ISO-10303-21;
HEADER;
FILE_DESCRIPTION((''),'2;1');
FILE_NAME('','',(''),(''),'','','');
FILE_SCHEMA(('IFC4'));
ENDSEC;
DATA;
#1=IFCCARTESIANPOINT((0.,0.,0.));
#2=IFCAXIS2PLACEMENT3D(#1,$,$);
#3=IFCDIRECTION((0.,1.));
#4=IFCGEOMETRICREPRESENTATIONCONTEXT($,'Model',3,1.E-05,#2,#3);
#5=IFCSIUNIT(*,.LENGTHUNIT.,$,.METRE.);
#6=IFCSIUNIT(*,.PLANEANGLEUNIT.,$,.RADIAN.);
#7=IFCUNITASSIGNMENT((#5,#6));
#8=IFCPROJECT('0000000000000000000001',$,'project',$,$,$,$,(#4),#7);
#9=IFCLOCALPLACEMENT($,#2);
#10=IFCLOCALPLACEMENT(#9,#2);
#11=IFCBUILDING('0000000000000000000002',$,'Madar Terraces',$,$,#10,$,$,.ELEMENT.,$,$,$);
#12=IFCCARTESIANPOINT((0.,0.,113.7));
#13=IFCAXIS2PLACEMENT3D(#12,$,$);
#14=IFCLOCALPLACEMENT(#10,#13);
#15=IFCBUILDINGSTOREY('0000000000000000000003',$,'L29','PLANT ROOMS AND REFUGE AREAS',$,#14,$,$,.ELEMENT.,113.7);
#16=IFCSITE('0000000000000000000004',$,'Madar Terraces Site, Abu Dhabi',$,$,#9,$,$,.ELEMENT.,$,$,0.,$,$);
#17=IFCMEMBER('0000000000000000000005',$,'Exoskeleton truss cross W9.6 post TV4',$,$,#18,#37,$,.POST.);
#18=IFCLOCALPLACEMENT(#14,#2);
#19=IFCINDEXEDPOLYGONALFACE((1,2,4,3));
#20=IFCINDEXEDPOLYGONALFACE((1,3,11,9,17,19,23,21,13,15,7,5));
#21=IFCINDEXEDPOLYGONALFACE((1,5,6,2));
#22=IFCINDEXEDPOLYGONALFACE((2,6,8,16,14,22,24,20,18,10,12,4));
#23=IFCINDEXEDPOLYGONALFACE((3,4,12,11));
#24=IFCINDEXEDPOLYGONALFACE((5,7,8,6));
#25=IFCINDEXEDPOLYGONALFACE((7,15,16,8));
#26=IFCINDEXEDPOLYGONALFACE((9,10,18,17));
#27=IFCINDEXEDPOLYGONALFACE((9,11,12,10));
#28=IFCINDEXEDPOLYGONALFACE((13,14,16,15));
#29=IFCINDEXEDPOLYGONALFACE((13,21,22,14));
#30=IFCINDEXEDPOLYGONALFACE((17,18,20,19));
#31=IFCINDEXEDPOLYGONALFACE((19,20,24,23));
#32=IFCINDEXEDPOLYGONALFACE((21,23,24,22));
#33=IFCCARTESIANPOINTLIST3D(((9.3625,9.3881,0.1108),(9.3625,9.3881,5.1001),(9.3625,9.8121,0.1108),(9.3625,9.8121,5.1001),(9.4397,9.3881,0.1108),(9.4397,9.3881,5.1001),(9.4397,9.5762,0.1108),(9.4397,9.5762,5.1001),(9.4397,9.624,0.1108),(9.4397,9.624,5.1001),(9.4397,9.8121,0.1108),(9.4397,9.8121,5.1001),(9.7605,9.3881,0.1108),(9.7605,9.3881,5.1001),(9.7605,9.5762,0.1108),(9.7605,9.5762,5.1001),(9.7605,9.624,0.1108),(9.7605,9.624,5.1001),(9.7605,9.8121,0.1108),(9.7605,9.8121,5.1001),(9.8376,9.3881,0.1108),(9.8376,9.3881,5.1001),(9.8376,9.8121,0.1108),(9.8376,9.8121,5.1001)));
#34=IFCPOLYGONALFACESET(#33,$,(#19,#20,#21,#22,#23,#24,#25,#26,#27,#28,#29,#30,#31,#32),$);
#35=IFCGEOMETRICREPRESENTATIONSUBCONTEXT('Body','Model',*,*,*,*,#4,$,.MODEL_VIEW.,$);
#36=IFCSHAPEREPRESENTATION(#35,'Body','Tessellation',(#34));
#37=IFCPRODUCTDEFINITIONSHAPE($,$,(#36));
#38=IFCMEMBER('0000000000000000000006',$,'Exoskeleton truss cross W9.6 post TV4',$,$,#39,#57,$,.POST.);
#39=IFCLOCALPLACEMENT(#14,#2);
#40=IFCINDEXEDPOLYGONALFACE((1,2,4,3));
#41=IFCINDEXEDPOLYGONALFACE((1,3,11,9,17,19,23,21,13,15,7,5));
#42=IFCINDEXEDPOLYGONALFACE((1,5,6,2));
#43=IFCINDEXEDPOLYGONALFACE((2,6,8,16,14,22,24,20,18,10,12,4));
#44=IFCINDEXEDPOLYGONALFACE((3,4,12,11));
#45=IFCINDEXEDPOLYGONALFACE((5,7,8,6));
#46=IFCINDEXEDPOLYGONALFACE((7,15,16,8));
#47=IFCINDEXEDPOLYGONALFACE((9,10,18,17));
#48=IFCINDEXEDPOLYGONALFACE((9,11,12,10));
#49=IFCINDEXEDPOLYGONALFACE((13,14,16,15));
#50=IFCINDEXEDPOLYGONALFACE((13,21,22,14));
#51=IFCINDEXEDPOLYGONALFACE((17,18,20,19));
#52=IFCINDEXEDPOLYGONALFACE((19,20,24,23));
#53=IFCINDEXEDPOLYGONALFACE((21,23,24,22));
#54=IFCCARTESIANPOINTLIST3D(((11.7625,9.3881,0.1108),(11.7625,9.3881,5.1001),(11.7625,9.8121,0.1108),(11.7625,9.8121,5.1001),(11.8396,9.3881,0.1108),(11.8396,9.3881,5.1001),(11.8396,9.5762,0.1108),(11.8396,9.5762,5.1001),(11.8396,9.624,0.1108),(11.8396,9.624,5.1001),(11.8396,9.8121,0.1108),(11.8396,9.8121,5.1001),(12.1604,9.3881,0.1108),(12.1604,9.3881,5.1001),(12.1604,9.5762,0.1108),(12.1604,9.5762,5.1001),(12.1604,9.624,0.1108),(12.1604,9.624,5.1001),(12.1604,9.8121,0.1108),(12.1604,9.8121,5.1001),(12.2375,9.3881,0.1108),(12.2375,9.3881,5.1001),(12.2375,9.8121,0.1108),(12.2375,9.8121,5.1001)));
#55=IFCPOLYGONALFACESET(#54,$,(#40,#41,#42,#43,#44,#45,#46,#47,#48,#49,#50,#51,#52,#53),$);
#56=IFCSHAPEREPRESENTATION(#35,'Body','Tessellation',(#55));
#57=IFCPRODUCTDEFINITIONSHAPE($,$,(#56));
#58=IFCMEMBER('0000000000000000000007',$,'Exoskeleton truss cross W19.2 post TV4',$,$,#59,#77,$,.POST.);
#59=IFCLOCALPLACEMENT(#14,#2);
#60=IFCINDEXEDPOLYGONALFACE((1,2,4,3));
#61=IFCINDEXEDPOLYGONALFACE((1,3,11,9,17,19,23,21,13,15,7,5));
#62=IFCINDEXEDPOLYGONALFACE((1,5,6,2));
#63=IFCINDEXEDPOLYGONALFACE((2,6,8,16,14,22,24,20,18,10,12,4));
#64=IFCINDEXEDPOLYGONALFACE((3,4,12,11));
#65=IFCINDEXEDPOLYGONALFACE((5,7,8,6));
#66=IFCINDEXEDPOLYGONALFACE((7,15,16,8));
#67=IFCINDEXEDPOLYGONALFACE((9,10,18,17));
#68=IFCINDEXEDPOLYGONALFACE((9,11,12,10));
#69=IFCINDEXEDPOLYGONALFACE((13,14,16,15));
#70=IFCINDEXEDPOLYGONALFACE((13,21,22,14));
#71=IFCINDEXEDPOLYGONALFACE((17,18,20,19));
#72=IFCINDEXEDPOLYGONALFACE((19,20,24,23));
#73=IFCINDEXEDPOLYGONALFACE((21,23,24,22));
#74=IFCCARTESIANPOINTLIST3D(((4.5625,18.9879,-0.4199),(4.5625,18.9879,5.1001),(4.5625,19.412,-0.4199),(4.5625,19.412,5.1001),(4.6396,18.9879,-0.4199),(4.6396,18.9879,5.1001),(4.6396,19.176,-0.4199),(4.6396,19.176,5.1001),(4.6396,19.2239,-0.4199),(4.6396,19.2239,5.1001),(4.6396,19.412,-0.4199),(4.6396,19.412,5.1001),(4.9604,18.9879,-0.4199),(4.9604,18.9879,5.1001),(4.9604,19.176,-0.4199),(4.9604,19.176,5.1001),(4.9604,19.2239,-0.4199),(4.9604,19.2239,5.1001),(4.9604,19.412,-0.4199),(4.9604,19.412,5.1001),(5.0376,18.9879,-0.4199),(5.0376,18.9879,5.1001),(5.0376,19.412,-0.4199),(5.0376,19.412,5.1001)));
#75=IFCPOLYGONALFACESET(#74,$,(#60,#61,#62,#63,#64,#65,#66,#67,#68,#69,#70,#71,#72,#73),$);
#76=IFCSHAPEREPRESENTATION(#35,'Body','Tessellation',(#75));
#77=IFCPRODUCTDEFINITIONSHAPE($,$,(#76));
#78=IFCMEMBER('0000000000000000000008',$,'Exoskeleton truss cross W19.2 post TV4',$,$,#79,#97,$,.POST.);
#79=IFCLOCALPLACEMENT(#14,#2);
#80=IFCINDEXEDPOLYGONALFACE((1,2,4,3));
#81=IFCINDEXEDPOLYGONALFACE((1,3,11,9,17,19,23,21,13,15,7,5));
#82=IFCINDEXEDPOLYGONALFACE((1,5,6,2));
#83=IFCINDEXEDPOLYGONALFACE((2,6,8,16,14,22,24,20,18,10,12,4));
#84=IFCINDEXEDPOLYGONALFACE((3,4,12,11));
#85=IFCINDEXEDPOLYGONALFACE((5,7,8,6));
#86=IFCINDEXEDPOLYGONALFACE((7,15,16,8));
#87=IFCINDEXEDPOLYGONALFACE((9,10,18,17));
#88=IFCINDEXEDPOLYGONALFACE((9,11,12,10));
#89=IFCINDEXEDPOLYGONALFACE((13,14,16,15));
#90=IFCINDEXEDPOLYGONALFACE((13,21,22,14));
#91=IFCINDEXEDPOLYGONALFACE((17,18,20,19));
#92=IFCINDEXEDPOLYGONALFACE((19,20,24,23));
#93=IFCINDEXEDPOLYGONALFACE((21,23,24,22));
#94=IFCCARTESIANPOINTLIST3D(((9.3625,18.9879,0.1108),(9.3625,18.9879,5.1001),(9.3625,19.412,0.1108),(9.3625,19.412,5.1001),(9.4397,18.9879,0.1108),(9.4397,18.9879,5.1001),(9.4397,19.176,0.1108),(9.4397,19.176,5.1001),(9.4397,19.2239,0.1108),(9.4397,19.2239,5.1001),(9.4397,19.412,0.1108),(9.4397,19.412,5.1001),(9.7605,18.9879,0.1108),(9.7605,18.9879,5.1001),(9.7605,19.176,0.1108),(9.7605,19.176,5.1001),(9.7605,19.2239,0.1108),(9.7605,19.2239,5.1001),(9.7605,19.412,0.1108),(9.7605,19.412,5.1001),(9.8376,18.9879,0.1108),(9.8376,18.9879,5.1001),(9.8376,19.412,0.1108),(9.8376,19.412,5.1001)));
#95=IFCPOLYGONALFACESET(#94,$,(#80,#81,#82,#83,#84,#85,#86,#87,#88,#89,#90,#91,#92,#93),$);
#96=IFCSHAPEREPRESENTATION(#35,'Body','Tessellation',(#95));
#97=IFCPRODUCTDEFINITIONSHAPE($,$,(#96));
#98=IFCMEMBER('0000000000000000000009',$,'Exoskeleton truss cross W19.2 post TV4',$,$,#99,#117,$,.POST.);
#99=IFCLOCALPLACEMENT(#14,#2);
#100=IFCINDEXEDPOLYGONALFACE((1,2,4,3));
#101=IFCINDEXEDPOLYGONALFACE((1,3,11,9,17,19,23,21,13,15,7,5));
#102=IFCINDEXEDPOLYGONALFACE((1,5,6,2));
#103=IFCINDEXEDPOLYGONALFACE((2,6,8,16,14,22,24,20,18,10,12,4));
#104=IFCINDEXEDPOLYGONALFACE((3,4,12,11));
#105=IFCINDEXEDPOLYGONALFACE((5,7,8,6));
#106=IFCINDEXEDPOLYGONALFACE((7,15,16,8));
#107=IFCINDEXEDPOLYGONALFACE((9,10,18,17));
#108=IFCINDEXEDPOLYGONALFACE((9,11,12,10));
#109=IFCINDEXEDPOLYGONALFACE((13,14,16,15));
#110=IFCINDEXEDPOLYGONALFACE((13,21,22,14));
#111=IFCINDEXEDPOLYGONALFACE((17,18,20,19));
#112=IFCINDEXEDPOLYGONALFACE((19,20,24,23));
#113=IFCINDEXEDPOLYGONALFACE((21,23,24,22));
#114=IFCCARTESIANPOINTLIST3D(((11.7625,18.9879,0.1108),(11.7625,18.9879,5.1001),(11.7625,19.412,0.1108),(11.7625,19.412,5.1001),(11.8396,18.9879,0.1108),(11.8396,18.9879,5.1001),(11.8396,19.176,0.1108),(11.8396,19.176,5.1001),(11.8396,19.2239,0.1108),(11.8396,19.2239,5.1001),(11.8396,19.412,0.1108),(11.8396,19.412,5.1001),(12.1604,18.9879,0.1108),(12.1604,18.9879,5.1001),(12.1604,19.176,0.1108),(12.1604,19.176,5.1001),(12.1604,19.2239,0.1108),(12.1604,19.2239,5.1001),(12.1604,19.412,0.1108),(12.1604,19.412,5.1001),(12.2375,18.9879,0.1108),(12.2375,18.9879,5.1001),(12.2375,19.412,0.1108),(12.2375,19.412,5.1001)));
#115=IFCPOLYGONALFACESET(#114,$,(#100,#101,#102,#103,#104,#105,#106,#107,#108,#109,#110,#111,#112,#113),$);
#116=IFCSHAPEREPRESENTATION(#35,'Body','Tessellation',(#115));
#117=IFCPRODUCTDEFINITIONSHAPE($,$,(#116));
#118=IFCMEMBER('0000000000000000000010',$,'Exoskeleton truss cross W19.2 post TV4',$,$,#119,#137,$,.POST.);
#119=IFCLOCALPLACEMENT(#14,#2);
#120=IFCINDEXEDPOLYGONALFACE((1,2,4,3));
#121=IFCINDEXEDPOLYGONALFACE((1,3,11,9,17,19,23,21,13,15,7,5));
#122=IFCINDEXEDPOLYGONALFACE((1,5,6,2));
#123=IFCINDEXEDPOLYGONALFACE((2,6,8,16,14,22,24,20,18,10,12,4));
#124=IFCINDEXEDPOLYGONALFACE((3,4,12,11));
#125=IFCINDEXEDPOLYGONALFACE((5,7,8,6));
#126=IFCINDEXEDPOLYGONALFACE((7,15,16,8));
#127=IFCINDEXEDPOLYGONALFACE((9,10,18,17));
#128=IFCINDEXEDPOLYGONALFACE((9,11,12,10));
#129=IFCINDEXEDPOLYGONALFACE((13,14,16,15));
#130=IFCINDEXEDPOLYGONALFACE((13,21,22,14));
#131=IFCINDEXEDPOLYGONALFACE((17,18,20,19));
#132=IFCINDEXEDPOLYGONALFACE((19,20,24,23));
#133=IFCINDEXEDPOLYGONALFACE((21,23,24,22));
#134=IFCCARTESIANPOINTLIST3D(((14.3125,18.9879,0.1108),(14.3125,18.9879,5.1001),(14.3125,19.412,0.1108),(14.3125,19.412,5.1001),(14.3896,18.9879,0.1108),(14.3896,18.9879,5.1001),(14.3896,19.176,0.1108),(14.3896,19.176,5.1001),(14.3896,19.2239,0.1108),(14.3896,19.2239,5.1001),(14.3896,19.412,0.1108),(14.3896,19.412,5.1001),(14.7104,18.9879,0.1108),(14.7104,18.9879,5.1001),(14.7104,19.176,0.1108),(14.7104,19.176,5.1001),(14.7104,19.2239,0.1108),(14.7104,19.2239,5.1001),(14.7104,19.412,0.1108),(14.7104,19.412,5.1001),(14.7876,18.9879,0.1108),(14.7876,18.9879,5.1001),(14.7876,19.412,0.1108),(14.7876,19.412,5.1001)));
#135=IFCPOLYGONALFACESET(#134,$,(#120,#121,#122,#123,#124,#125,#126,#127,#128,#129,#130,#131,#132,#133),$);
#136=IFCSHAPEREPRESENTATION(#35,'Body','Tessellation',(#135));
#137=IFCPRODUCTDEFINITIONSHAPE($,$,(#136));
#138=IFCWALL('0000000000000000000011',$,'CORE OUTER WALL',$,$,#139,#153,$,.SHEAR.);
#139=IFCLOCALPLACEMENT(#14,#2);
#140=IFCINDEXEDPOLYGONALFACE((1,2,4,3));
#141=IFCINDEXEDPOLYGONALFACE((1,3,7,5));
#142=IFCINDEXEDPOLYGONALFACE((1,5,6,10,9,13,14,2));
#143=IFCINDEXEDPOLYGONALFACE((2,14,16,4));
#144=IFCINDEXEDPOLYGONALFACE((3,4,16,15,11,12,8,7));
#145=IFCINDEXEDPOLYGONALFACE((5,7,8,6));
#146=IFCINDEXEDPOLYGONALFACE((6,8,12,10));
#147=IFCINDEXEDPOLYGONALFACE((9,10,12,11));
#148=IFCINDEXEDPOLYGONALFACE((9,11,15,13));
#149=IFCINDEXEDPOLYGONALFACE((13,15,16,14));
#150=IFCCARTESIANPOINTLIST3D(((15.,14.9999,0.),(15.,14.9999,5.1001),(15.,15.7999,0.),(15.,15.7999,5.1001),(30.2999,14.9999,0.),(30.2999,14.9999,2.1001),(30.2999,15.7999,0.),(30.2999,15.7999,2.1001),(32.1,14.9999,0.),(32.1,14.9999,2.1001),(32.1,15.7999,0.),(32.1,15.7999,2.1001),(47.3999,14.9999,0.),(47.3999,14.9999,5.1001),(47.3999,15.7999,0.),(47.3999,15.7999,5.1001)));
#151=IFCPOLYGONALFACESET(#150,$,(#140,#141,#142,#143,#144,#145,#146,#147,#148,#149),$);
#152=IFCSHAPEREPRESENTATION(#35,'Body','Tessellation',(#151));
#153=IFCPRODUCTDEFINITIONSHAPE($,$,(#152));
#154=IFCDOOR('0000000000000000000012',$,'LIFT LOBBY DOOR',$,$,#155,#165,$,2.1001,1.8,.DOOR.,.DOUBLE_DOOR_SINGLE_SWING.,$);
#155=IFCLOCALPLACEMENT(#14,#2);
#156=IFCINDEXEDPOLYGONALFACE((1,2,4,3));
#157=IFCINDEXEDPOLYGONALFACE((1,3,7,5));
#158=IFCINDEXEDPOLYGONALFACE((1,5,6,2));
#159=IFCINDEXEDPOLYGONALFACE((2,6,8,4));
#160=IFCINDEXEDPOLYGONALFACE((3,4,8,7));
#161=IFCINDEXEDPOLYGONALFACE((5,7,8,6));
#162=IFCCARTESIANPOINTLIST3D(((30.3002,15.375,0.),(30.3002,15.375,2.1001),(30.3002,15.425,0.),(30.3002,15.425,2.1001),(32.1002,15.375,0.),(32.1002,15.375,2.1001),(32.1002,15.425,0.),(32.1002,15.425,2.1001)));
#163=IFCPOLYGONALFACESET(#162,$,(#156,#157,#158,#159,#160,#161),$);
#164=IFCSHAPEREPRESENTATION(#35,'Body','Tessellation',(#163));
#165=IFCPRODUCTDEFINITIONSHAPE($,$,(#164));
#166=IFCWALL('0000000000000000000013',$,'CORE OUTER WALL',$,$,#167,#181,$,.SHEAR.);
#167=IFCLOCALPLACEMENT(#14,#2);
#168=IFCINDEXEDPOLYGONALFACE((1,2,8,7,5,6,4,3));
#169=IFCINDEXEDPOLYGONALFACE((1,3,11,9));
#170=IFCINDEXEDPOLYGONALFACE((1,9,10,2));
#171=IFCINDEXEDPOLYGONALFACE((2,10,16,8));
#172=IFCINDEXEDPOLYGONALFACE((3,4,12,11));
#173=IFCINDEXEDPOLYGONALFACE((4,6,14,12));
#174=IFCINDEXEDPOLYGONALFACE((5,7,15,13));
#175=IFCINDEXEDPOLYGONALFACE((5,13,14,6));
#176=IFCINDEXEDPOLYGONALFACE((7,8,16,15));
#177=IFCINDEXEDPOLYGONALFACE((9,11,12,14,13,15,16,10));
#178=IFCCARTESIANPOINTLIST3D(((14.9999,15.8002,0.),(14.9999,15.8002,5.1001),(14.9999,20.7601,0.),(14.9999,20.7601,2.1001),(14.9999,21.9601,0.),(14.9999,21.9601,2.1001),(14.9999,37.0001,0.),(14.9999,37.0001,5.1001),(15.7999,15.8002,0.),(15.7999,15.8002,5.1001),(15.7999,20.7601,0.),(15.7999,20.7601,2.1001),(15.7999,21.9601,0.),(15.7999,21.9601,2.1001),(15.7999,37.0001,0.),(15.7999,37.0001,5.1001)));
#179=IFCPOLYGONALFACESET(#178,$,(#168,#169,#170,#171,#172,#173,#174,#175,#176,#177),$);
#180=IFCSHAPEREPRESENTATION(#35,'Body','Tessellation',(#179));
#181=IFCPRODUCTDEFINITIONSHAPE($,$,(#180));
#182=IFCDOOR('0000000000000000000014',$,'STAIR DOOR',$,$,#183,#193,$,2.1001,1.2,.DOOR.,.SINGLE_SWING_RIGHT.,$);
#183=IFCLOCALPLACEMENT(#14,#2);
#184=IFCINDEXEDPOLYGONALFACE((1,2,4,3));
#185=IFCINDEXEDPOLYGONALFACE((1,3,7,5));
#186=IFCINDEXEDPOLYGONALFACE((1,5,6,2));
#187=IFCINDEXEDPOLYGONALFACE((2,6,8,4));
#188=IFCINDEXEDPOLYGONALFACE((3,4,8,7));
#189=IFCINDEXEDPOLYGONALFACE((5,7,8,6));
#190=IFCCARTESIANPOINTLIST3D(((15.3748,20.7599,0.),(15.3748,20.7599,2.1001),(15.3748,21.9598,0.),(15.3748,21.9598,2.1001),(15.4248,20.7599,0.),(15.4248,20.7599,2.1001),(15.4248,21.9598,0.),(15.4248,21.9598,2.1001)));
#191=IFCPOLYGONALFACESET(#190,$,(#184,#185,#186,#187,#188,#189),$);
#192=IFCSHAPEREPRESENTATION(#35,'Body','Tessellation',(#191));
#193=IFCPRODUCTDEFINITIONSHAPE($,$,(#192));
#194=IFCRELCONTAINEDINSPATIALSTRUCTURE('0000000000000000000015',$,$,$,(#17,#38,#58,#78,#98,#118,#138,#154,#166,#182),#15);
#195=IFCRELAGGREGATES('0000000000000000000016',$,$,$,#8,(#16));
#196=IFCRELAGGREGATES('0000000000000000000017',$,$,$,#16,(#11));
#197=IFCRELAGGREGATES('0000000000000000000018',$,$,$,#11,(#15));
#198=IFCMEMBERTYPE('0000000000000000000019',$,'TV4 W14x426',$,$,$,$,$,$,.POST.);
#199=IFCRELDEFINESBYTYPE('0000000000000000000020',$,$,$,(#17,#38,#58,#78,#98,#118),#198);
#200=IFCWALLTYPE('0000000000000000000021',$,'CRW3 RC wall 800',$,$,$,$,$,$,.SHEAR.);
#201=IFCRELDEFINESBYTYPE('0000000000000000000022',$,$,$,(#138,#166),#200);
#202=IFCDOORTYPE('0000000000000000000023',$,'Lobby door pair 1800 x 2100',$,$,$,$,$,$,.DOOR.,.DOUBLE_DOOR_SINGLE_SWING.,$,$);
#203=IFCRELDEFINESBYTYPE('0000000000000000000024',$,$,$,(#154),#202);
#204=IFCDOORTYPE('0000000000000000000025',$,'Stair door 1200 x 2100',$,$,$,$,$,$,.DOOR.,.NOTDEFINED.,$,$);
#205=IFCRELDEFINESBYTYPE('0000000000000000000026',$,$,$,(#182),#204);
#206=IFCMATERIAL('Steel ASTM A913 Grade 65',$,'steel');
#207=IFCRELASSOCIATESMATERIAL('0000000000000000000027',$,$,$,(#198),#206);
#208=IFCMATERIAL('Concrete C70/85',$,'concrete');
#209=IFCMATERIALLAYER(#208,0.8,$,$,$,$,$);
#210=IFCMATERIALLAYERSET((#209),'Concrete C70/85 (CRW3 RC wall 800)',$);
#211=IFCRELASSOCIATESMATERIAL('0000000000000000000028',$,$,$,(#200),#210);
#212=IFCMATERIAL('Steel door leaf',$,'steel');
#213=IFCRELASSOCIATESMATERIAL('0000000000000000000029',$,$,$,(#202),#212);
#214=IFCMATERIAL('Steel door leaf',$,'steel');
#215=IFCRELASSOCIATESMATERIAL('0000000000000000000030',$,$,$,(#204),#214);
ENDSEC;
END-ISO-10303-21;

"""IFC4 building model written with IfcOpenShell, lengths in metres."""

from ifc_helpers import new_model, si_unit, direction, frame, frame_2d, origin, origin_2d, place, context, subcontext, project, spatial, rectangle, i_section, extrude, material, layer, layer_set, material_profile, profile_set, type_object, element, fill, save


model = new_model("IFC4")

# Units and contexts
model_context = context("Model", 3, precision=1e-05, world=origin(), true_north=direction((0.0, 1.0)))
body_context = subcontext(model_context, "Body", "Model", "MODEL_VIEW")
ifc_project = project(units=[si_unit("LENGTHUNIT", "METRE"), si_unit("PLANEANGLEUNIT", "RADIAN")], contexts=[model_context])

# Site, building, storey
site_placement = place(None, origin())
site = spatial("IfcSite", under=ifc_project, at=site_placement, Name="Madar Terraces Site, Abu Dhabi", CompositionType="ELEMENT", RefElevation=0.0)
building_placement = place(site_placement, origin())
building = spatial("IfcBuilding", under=site, at=building_placement, Name="Madar Terraces", CompositionType="ELEMENT")
storey_placement = place(building_placement, frame((0.0, 0.0, 113.7)))
storey = spatial("IfcBuildingStorey", under=building, at=storey_placement, Name="L29", Description="PLANT ROOMS AND REFUGE AREAS", CompositionType="ELEMENT", Elevation=113.7)

# Members
ifc_material_1 = material(Name="Steel ASTM A913 Grade 65", Category="steel")
ifc_material_profile_1 = material_profile(ifc_material_1, i_section(OverallWidth=0.4241, OverallDepth=0.4751, WebThickness=0.0479, FlangeThickness=0.0771, at=origin_2d()), Name="W14x426")
ifc_profile_set_1 = profile_set([ifc_material_profile_1], Name="Steel ASTM A913 Grade 65")
member_type_1 = type_object("IfcMemberType", Name="TV4 W14x426", PredefinedType="POST", material=ifc_profile_set_1)
for number, where, z_axis, x_axis, name in (
    (1, (9.6001, 9.6001, 0.1108), (0.0, 0.0, 1.0), (0.0, 1.0, 0.0), "Exoskeleton truss cross W9.6 post TV4"),
    (2, (12.0, 9.6001, 0.1108), (0.0, 0.0, 1.0), (0.0, 1.0, 0.0), "Exoskeleton truss cross W9.6 post TV4"),
):
    element("IfcMember", number, at=place(storey_placement, frame(where, z_axis=z_axis, x_axis=x_axis)), inside=storey, type_object=member_type_1, Name=name, PredefinedType="POST", context=body_context, shape_type="SweptSolid", body=[
        extrude(i_section(OverallWidth=0.4241, OverallDepth=0.4751, WebThickness=0.0479, FlangeThickness=0.0771, at=origin_2d()), origin(), (0.0, 0.0, 1.0), 4.9893),
    ])
member_1_placement = place(storey_placement, frame((4.8, 19.2, -0.4199), z_axis=(0.0, 0.0, 1.0), x_axis=(0.0, 1.0, 0.0)))
element("IfcMember", 3, at=member_1_placement, inside=storey, type_object=member_type_1, Name="Exoskeleton truss cross W19.2 post TV4", PredefinedType="POST", context=body_context, shape_type="SweptSolid", body=[
    extrude(i_section(OverallWidth=0.4241, OverallDepth=0.4751, WebThickness=0.0479, FlangeThickness=0.0771, at=origin_2d()), origin(), (0.0, 0.0, 1.0), 5.52),
])
for number, where, z_axis, x_axis, name in (
    (4, (9.6001, 19.2, 0.1108), (0.0, 0.0, 1.0), (0.0, 1.0, 0.0), "Exoskeleton truss cross W19.2 post TV4"),
    (5, (12.0, 19.2, 0.1108), (0.0, 0.0, 1.0), (0.0, 1.0, 0.0), "Exoskeleton truss cross W19.2 post TV4"),
    (6, (14.55, 19.2, 0.1108), (0.0, 0.0, 1.0), (0.0, 1.0, 0.0), "Exoskeleton truss cross W19.2 post TV4"),
):
    element("IfcMember", number, at=place(storey_placement, frame(where, z_axis=z_axis, x_axis=x_axis)), inside=storey, type_object=member_type_1, Name=name, PredefinedType="POST", context=body_context, shape_type="SweptSolid", body=[
        extrude(i_section(OverallWidth=0.4241, OverallDepth=0.4751, WebThickness=0.0479, FlangeThickness=0.0771, at=origin_2d()), origin(), (0.0, 0.0, 1.0), 4.9893),
    ])

# Walls, openings, doors
ifc_material_2 = material(Name="Concrete C70/85", Category="concrete")
ifc_layer_1 = layer(ifc_material_2, 0.8)
ifc_layer_set_1 = layer_set([ifc_layer_1], Name="Concrete C70/85 (CRW3 RC wall 800)")
wall_type_1 = type_object("IfcWallType", Name="CRW3 RC wall 800", PredefinedType="SHEAR", material=ifc_layer_set_1)
wall_1_placement = place(storey_placement, frame((15.0, 15.3999, 0.0), z_axis=(0.0, 0.0, 1.0), x_axis=(1.0, 0.0, 0.0)))
wall_1 = element("IfcWall", 7, at=wall_1_placement, inside=storey, type_object=wall_type_1, Name="CORE OUTER WALL", PredefinedType="SHEAR", context=body_context, shape_type="SweptSolid", body=[
    extrude(rectangle(XDim=32.3999, YDim=0.8, at=frame_2d((16.2, 0.0))), origin(), (0.0, 0.0, 1.0), 5.1001),
])
opening_1_placement = place(wall_1_placement, frame((15.3, 0.0, 0.0)))
opening_1 = element("IfcOpeningElement", 8, at=opening_1_placement, cuts=wall_1, PredefinedType="OPENING", context=body_context, shape_type="SweptSolid", body=[
    extrude(rectangle(XDim=1.8, YDim=2.1001, at=frame_2d((0.8999, 1.05))), frame((0.0, 0.4099, 0.0), z_axis=(0.0, -1.0, 0.0), x_axis=(1.0, 0.0, 0.0)), (0.0, 0.0, 1.0), 0.8201),
])
ifc_material_3 = material(Name="Steel door leaf", Category="steel")
door_type_1 = type_object("IfcDoorType", Name="Lobby door pair 1800 x 2100", OperationType="DOUBLE_DOOR_SINGLE_SWING", PredefinedType="DOOR", material=ifc_material_3)
door_1_placement = place(opening_1_placement, frame((1.8, 0.0, 0.0), z_axis=(0.0, 0.0, 1.0), x_axis=(-1.0, 0.0, 0.0)))
door_1 = element("IfcDoor", 9, at=door_1_placement, inside=storey, type_object=door_type_1, Name="LIFT LOBBY DOOR", OperationType="DOUBLE_DOOR_SINGLE_SWING", OverallHeight=2.1001, OverallWidth=1.8, PredefinedType="DOOR", context=body_context, shape_type="SweptSolid", body=[
    extrude(rectangle(XDim=1.8, YDim=2.1001, at=frame_2d((0.8999, 1.05))), frame((0.0, 0.0249, 0.0), z_axis=(0.0, -1.0, 0.0), x_axis=(1.0, 0.0, 0.0)), (0.0, 0.0, 1.0), 0.05),
])
fill(opening_1, door_1)
wall_2_placement = place(storey_placement, frame((15.3999, 15.8, 0.0), z_axis=(0.0, 0.0, 1.0), x_axis=(0.0, 1.0, 0.0)))
wall_2 = element("IfcWall", 10, at=wall_2_placement, inside=storey, type_object=wall_type_1, Name="CORE OUTER WALL", PredefinedType="SHEAR", context=body_context, shape_type="SweptSolid", body=[
    extrude(rectangle(XDim=21.2, YDim=0.8, at=frame_2d((10.6001, 0.0))), origin(), (0.0, 0.0, 1.0), 5.1001),
])
opening_2_placement = place(wall_2_placement, frame((4.96, 0.0, 0.0)))
opening_2 = element("IfcOpeningElement", 11, at=opening_2_placement, cuts=wall_2, PredefinedType="OPENING", context=body_context, shape_type="SweptSolid", body=[
    extrude(rectangle(XDim=1.2, YDim=2.1001, at=frame_2d((0.6001, 1.05))), frame((0.0, 0.4099, 0.0), z_axis=(0.0, -1.0, 0.0), x_axis=(1.0, 0.0, 0.0)), (0.0, 0.0, 1.0), 0.8201),
])
ifc_material_4 = material(Name="Steel door leaf", Category="steel")
door_type_2 = type_object("IfcDoorType", Name="Stair door 1200 x 2100", OperationType="NOTDEFINED", PredefinedType="DOOR", material=ifc_material_4)
door_2_placement = place(opening_2_placement, frame((1.2, 0.0, 0.0), z_axis=(0.0, 0.0, 1.0), x_axis=(-1.0, 0.0, 0.0)))
door_2 = element("IfcDoor", 12, at=door_2_placement, inside=storey, type_object=door_type_2, Name="STAIR DOOR", OperationType="SINGLE_SWING_RIGHT", OverallHeight=2.1001, OverallWidth=1.2, PredefinedType="DOOR", context=body_context, shape_type="SweptSolid", body=[
    extrude(rectangle(XDim=1.2, YDim=2.1001, at=frame_2d((0.6001, 1.05))), frame((0.0, 0.0249, 0.0), z_axis=(0.0, -1.0, 0.0), x_axis=(1.0, 0.0, 0.0)), (0.0, 0.0, 1.0), 0.05),
])
fill(opening_2, door_2)

save(model, "model.ifc")
